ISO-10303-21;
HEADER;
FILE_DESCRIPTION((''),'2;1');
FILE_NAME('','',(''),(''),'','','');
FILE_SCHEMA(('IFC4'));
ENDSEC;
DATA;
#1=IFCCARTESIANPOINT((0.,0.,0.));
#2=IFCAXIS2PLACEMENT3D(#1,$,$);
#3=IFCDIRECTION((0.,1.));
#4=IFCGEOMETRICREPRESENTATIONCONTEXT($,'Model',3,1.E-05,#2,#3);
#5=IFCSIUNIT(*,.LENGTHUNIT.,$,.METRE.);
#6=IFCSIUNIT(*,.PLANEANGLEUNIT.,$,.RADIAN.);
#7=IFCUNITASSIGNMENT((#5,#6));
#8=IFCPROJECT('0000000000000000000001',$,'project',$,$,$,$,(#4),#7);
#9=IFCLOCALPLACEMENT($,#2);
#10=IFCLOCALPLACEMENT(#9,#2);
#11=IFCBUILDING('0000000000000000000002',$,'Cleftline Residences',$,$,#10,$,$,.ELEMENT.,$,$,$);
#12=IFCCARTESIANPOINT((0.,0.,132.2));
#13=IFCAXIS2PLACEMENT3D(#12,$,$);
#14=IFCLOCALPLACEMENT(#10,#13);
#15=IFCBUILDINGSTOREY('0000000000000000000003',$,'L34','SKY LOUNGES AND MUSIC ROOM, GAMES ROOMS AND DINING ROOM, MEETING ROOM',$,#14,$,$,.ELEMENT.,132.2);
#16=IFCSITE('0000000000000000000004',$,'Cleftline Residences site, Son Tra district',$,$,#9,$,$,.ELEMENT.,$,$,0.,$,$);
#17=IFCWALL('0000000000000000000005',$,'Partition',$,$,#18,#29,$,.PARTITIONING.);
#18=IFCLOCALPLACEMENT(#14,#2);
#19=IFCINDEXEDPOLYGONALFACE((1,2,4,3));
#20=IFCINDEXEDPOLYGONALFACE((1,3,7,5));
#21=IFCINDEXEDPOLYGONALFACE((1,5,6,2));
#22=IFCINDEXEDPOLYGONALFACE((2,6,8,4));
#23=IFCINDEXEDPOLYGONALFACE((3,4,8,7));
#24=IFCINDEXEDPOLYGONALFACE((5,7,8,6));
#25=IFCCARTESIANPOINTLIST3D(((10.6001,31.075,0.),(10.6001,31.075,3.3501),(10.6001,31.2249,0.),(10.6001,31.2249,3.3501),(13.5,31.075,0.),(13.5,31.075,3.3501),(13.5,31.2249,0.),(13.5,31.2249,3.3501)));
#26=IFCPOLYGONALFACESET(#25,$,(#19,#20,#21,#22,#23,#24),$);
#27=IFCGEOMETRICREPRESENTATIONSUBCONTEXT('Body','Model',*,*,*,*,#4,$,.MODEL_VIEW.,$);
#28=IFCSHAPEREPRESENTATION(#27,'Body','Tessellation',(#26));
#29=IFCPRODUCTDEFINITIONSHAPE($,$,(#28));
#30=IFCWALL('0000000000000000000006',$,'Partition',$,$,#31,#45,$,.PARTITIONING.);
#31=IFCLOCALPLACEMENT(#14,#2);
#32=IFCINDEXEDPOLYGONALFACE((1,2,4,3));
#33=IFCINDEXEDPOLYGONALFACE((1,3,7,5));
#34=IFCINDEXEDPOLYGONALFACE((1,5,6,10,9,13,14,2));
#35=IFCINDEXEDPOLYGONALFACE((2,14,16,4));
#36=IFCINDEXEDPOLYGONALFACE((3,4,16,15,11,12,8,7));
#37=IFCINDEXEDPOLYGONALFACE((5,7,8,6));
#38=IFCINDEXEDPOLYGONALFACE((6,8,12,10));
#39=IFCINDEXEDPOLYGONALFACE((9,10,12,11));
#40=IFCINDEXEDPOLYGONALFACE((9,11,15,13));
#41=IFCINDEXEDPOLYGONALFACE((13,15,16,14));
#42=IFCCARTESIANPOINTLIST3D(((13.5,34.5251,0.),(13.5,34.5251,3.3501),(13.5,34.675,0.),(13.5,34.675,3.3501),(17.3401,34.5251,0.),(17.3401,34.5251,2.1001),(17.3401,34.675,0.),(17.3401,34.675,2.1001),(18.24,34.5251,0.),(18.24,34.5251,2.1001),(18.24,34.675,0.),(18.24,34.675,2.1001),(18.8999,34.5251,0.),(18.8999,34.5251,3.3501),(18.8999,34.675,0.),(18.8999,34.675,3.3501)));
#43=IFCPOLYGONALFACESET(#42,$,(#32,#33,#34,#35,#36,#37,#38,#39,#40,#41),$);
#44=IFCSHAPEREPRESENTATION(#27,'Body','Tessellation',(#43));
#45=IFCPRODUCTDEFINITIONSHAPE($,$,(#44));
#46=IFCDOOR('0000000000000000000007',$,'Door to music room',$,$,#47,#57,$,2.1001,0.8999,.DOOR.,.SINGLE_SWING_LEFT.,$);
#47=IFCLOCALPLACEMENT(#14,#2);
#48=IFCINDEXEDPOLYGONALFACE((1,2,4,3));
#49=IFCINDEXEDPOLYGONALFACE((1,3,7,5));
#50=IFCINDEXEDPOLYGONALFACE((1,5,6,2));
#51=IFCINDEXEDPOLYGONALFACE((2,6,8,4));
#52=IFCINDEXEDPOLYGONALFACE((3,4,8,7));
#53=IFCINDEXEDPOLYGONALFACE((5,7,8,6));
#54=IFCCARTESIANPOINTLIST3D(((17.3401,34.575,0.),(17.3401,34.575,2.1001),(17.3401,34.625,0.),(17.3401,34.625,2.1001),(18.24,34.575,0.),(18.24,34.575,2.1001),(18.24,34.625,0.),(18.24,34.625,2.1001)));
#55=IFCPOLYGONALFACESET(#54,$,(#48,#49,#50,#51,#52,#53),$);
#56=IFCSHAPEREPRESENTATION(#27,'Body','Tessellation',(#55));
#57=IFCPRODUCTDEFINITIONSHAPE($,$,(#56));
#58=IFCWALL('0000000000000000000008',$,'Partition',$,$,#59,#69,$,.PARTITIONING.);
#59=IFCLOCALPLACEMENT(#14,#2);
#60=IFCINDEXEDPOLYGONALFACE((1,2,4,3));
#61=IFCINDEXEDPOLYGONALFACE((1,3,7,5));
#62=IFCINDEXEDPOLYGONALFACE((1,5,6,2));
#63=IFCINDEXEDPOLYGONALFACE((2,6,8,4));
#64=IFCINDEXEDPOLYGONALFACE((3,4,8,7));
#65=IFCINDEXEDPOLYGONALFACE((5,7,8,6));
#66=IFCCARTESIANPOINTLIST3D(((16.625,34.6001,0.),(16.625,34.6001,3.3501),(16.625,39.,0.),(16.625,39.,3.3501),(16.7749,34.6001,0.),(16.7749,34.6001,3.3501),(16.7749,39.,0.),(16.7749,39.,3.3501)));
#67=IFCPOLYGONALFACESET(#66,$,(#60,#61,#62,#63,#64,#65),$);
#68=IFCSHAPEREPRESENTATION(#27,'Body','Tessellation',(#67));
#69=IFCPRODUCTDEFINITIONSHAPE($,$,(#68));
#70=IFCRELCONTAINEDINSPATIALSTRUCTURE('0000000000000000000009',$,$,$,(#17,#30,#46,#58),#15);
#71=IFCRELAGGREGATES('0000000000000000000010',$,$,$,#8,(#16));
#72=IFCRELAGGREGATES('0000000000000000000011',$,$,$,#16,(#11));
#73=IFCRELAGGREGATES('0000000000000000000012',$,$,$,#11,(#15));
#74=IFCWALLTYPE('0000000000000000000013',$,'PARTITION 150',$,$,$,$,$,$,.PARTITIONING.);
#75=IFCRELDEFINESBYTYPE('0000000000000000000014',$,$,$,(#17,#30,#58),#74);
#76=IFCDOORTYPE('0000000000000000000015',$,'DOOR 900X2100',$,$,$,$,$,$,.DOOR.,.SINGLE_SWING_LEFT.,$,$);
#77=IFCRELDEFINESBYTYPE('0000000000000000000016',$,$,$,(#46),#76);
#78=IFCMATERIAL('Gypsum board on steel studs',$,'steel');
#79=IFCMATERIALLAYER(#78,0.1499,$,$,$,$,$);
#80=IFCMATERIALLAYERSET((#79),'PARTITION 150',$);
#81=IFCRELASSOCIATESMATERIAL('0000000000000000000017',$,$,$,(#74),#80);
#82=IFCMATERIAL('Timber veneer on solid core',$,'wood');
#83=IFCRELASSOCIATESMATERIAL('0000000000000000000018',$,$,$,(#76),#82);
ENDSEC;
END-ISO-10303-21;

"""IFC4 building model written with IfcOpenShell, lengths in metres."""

from ifc_helpers import new_model, si_unit, direction, frame, frame_2d, origin, place, context, subcontext, project, spatial, rectangle, extrude, material, layer, layer_set, type_object, element, fill, save


model = new_model("IFC4")

# Units and contexts
model_context = context("Model", 3, precision=1e-05, world=origin(), true_north=direction((0.0, 1.0)))
body_context = subcontext(model_context, "Body", "Model", "MODEL_VIEW")
ifc_project = project(units=[si_unit("LENGTHUNIT", "METRE"), si_unit("PLANEANGLEUNIT", "RADIAN")], contexts=[model_context])

# Site, building, storey
site_placement = place(None, origin())
site = spatial("IfcSite", under=ifc_project, at=site_placement, Name="Cleftline Residences site, Son Tra district", CompositionType="ELEMENT", RefElevation=0.0)
building_placement = place(site_placement, origin())
building = spatial("IfcBuilding", under=site, at=building_placement, Name="Cleftline Residences", CompositionType="ELEMENT")
storey_placement = place(building_placement, frame((0.0, 0.0, 132.2)))
storey = spatial("IfcBuildingStorey", under=building, at=storey_placement, Name="L34", Description="SKY LOUNGES AND MUSIC ROOM, GAMES ROOMS AND DINING ROOM, MEETING ROOM", CompositionType="ELEMENT", Elevation=132.2)

# Wall
ifc_material_1 = material(Name="Gypsum board on steel studs", Category="steel")
ifc_layer_1 = layer(ifc_material_1, 0.1499)
ifc_layer_set_1 = layer_set([ifc_layer_1], Name="PARTITION 150")
wall_type_1 = type_object("IfcWallType", Name="PARTITION 150", PredefinedType="PARTITIONING", material=ifc_layer_set_1)
wall_1_placement = place(storey_placement, frame((10.6001, 31.1499, 0.0), z_axis=(0.0, 0.0, 1.0), x_axis=(1.0, 0.0, 0.0)))
element("IfcWall", 1, at=wall_1_placement, inside=storey, type_object=wall_type_1, Name="Partition", PredefinedType="PARTITIONING", context=body_context, shape_type="SweptSolid", body=[
    extrude(rectangle(XDim=2.8999, YDim=0.1499, at=frame_2d((1.45, 0.0))), origin(), (0.0, 0.0, 1.0), 3.3501),
])

# Wall, opening, door
wall_2_placement = place(storey_placement, frame((13.5, 34.6001, 0.0), z_axis=(0.0, 0.0, 1.0), x_axis=(1.0, 0.0, 0.0)))
wall_2 = element("IfcWall", 2, at=wall_2_placement, inside=storey, type_object=wall_type_1, Name="Partition", PredefinedType="PARTITIONING", context=body_context, shape_type="SweptSolid", body=[
    extrude(rectangle(XDim=5.3999, YDim=0.1499, at=frame_2d((2.7, 0.0))), origin(), (0.0, 0.0, 1.0), 3.3501),
])
opening_1_placement = place(wall_2_placement, frame((3.8401, 0.0, 0.0)))
opening_1 = element("IfcOpeningElement", 3, at=opening_1_placement, cuts=wall_2, PredefinedType="OPENING", context=body_context, shape_type="SweptSolid", body=[
    extrude(rectangle(XDim=0.8999, YDim=2.1001, at=frame_2d((0.45, 1.05))), frame((0.0, 0.085, 0.0), z_axis=(0.0, -1.0, 0.0), x_axis=(1.0, 0.0, 0.0)), (0.0, 0.0, 1.0), 0.1699),
])
ifc_material_2 = material(Name="Timber veneer on solid core", Category="wood")
door_type_1 = type_object("IfcDoorType", Name="DOOR 900X2100", OperationType="SINGLE_SWING_LEFT", PredefinedType="DOOR", material=ifc_material_2)
door_1_placement = place(opening_1_placement, origin())
door_1 = element("IfcDoor", 4, at=door_1_placement, inside=storey, type_object=door_type_1, Name="Door to music room", OperationType="SINGLE_SWING_LEFT", OverallHeight=2.1001, OverallWidth=0.8999, PredefinedType="DOOR", context=body_context, shape_type="SweptSolid", body=[
    extrude(rectangle(XDim=0.8999, YDim=2.1001, at=frame_2d((0.45, 1.05))), frame((0.0, 0.0249, 0.0), z_axis=(0.0, -1.0, 0.0), x_axis=(1.0, 0.0, 0.0)), (0.0, 0.0, 1.0), 0.05),
])
fill(opening_1, door_1)

# Wall
wall_3_placement = place(storey_placement, frame((16.7, 34.6001, 0.0), z_axis=(0.0, 0.0, 1.0), x_axis=(0.0, 1.0, 0.0)))
element("IfcWall", 5, at=wall_3_placement, inside=storey, type_object=wall_type_1, Name="Partition", PredefinedType="PARTITIONING", context=body_context, shape_type="SweptSolid", body=[
    extrude(rectangle(XDim=4.3999, YDim=0.1499, at=frame_2d((2.2, 0.0))), origin(), (0.0, 0.0, 1.0), 3.3501),
])

save(model, "model.ifc")
